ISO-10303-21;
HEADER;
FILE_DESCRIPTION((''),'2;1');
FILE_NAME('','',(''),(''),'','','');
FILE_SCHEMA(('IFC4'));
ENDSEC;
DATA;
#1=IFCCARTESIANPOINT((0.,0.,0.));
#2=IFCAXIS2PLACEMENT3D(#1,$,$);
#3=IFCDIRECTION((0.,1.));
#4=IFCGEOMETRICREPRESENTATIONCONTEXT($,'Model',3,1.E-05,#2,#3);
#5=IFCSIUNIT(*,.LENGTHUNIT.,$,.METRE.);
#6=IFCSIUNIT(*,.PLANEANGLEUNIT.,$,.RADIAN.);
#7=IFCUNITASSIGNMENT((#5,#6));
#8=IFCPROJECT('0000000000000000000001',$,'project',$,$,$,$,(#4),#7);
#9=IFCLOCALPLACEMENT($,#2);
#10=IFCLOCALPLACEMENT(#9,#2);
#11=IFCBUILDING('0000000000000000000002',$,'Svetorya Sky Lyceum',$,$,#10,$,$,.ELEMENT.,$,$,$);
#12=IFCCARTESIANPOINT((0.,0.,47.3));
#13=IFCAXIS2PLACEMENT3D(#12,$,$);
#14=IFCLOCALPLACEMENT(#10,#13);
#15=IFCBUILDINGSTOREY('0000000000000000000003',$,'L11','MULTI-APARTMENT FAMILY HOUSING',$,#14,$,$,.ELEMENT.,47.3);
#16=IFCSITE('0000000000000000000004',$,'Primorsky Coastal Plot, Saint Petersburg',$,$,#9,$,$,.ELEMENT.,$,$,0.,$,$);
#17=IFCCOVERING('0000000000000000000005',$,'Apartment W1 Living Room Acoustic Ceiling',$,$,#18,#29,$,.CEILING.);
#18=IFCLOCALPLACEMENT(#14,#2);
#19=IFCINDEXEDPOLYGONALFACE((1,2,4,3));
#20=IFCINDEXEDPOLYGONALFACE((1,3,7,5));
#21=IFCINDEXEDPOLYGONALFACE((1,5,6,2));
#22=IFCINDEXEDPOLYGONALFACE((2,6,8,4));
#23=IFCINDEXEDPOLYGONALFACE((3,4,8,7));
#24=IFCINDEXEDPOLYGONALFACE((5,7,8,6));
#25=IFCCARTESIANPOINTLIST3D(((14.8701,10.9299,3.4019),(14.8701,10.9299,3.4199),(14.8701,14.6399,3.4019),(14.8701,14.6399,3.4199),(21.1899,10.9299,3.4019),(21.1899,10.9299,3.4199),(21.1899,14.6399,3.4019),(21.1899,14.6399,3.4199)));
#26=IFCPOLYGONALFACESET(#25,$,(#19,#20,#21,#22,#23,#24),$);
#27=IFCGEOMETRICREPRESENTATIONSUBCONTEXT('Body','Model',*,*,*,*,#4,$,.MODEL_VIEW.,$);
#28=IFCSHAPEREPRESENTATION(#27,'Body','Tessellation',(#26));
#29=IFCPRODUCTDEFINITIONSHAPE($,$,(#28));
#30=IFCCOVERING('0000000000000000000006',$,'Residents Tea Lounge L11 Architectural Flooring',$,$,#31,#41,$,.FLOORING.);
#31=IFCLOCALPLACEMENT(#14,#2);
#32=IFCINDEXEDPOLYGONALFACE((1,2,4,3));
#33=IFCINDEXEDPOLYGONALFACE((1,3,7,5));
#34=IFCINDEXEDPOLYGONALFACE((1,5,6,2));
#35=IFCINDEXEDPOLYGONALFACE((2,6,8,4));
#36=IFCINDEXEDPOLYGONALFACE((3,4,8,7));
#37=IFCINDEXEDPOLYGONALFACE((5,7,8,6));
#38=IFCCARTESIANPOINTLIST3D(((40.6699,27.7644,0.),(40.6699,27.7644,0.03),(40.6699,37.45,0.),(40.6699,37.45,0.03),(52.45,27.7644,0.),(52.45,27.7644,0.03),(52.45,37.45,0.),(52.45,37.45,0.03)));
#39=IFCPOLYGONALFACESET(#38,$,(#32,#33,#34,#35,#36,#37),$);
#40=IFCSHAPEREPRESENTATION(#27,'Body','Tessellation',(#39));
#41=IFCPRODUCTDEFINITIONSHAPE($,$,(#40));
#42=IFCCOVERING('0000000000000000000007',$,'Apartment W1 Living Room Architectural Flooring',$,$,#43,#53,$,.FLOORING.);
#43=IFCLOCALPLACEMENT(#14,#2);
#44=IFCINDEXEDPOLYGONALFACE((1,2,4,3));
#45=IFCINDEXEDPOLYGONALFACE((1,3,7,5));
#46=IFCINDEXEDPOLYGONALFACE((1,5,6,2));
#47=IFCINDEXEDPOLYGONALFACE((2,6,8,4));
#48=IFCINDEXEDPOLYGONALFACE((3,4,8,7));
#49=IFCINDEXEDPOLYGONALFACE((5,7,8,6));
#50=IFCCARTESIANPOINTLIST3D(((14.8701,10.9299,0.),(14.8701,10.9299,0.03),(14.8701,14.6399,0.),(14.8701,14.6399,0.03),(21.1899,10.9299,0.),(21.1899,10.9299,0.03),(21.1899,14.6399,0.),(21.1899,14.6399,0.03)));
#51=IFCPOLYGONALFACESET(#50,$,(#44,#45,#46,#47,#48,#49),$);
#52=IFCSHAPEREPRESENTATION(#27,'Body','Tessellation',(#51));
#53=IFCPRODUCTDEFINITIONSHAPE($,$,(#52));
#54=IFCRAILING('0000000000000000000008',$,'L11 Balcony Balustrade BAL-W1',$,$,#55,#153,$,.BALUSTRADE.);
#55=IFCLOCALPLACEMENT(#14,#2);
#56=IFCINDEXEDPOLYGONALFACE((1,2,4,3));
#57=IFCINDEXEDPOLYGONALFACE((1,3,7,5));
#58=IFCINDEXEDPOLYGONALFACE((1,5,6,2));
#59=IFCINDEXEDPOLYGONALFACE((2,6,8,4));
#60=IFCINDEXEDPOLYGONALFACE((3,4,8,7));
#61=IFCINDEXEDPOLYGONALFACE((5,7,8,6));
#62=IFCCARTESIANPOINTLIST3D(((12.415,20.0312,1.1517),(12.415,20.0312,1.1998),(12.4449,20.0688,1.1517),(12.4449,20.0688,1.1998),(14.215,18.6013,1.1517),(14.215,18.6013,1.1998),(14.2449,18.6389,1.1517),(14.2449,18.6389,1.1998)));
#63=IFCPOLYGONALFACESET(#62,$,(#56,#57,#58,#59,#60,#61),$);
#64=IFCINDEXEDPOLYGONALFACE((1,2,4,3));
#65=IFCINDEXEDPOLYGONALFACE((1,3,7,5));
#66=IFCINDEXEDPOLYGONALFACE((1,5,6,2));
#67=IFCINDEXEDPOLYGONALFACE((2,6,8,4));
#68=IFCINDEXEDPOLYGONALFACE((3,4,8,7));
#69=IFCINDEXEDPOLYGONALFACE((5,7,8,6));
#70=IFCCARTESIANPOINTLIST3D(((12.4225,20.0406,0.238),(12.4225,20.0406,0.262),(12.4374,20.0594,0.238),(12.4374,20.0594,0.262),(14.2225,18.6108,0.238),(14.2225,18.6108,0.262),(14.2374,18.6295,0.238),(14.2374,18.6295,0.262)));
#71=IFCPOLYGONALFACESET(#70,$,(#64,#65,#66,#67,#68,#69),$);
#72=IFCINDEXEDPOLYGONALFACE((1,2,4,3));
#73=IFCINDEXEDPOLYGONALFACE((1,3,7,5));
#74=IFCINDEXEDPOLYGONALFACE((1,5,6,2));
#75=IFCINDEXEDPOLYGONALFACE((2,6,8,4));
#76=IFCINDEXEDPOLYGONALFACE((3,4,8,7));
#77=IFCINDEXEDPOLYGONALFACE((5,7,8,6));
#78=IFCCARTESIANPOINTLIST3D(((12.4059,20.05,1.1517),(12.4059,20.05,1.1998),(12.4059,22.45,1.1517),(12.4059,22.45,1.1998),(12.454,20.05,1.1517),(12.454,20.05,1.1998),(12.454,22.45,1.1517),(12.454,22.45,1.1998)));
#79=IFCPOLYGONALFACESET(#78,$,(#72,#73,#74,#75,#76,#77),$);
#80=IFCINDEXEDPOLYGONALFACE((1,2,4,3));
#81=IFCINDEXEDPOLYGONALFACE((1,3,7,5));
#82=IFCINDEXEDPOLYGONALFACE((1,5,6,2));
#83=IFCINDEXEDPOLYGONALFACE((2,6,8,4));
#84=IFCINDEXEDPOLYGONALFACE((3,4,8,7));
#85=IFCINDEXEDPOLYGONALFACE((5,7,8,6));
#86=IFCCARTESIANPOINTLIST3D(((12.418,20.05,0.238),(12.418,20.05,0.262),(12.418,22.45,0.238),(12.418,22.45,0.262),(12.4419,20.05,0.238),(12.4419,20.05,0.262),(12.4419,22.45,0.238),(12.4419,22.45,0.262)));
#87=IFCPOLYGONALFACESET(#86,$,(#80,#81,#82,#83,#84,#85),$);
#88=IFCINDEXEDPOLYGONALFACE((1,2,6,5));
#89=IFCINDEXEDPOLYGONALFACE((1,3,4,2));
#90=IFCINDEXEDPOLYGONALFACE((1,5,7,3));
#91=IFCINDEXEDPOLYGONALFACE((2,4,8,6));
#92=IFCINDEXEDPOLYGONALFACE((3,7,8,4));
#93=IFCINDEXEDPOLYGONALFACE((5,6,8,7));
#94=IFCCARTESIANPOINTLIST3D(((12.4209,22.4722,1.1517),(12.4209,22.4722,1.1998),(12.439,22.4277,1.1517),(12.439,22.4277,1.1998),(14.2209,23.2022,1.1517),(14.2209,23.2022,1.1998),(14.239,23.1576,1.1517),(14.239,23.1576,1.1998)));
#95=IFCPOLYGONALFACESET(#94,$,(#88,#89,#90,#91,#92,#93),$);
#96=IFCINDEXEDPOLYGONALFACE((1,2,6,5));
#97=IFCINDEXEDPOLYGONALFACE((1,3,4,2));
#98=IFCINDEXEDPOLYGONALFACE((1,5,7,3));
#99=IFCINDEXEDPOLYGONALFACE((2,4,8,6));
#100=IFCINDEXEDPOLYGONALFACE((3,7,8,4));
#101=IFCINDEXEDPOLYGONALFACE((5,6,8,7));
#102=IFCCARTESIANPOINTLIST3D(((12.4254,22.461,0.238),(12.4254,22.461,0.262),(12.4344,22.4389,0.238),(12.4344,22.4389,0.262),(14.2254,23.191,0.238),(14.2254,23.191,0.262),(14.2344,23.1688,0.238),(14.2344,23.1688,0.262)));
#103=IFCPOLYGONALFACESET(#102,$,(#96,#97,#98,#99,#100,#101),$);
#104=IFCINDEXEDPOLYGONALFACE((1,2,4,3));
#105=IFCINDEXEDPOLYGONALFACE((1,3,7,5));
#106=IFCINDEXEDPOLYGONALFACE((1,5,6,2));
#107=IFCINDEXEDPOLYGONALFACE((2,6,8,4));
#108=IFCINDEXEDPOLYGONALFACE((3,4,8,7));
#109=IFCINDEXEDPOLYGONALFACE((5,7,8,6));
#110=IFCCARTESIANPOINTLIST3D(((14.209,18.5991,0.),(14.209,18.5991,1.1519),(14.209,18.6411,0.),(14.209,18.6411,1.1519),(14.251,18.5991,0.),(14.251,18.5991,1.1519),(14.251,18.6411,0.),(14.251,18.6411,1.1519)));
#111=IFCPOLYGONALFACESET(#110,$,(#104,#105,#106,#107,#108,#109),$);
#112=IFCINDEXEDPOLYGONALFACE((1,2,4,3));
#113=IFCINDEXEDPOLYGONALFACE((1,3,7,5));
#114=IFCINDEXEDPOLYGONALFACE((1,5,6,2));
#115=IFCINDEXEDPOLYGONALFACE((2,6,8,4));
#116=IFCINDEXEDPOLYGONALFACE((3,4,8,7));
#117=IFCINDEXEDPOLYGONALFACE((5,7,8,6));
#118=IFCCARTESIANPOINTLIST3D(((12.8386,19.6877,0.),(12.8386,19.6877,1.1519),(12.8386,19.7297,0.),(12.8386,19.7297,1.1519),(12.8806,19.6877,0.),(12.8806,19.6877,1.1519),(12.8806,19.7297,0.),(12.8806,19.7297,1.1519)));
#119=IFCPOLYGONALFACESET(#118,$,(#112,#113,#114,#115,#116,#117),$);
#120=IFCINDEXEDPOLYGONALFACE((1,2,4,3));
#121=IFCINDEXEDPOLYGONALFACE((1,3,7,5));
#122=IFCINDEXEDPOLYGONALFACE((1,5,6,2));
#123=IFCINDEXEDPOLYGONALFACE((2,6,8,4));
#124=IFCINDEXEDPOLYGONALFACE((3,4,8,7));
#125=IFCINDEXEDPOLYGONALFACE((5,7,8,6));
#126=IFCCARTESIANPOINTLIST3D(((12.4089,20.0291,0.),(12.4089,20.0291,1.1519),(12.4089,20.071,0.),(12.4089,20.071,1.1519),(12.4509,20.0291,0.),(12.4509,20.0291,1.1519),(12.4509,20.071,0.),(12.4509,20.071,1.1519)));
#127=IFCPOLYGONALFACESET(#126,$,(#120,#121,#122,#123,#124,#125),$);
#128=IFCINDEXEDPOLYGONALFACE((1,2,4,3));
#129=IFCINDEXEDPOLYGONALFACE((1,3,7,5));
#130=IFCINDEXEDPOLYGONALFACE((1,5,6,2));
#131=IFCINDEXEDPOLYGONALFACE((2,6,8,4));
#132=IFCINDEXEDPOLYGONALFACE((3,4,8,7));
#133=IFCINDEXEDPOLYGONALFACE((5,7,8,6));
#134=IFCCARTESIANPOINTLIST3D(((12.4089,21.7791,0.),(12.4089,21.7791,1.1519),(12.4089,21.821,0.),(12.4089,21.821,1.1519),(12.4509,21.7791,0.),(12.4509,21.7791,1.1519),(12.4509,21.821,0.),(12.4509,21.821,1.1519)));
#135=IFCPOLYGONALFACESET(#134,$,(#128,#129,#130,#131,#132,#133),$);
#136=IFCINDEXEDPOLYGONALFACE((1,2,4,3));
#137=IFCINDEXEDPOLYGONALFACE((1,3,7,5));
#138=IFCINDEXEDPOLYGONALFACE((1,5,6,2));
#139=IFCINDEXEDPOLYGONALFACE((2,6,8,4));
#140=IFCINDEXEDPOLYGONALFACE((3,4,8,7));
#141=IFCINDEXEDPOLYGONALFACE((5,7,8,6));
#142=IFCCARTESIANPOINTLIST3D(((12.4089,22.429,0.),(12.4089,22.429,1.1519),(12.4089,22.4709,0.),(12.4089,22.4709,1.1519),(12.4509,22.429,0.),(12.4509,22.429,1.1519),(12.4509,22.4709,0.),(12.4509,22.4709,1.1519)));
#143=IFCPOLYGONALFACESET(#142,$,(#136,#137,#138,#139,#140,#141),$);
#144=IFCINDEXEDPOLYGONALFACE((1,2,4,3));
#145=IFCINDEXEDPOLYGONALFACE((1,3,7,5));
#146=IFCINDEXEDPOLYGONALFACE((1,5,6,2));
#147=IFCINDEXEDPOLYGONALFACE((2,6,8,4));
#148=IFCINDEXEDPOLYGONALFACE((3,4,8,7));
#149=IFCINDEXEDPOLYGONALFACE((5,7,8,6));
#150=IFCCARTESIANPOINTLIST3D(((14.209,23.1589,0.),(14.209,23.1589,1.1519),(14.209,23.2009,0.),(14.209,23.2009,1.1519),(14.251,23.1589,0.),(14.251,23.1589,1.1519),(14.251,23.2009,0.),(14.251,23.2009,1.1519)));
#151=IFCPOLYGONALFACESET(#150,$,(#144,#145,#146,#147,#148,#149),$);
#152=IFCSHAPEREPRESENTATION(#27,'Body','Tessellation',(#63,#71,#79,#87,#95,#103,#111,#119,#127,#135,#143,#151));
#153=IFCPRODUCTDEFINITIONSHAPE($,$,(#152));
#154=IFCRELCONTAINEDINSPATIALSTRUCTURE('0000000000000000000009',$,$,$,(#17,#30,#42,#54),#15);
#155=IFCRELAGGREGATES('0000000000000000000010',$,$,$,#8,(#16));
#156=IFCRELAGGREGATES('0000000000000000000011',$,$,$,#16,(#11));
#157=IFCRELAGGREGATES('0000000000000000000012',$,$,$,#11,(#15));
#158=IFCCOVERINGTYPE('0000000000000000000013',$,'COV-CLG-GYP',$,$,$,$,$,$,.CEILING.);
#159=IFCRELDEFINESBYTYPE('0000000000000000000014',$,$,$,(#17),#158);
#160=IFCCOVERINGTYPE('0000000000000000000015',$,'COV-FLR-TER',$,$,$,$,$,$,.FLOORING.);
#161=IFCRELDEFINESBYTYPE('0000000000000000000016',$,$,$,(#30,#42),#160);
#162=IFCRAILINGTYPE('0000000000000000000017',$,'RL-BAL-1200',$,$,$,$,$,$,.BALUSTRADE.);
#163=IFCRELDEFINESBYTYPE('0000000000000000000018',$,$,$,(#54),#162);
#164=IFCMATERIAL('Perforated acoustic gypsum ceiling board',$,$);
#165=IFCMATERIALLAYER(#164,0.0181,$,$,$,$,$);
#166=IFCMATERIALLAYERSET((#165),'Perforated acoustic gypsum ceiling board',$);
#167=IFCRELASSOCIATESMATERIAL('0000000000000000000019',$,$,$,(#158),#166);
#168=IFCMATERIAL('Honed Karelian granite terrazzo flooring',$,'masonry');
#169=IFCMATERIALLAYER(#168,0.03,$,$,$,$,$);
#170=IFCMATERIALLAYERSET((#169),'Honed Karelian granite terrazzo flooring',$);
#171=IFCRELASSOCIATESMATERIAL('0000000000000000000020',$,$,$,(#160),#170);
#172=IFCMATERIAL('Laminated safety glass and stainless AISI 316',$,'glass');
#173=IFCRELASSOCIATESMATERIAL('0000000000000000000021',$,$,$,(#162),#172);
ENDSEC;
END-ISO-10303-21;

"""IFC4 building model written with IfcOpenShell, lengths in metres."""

from ifc_helpers import new_model, si_unit, direction, frame, origin, origin_2d, place, context, subcontext, project, spatial, polyline, rectangle, outline, extrude, material, layer, layer_set, type_object, element, save


model = new_model("IFC4")

# Units and contexts
model_context = context("Model", 3, precision=1e-05, world=origin(), true_north=direction((0.0, 1.0)))
body_context = subcontext(model_context, "Body", "Model", "MODEL_VIEW")
ifc_project = project(units=[si_unit("LENGTHUNIT", "METRE"), si_unit("PLANEANGLEUNIT", "RADIAN")], contexts=[model_context])

# Site, building, storey
site_placement = place(None, origin())
site = spatial("IfcSite", under=ifc_project, at=site_placement, Name="Primorsky Coastal Plot, Saint Petersburg", CompositionType="ELEMENT", RefElevation=0.0)
building_placement = place(site_placement, origin())
building = spatial("IfcBuilding", under=site, at=building_placement, Name="Svetorya Sky Lyceum", CompositionType="ELEMENT")
storey_placement = place(building_placement, frame((0.0, 0.0, 47.3)))
storey = spatial("IfcBuildingStorey", under=building, at=storey_placement, Name="L11", Description="MULTI-APARTMENT FAMILY HOUSING", CompositionType="ELEMENT", Elevation=47.3)

# Coverings
ifc_material_1 = material(Name="Perforated acoustic gypsum ceiling board")
ifc_layer_1 = layer(ifc_material_1, 0.0181)
ifc_layer_set_1 = layer_set([ifc_layer_1], Name="Perforated acoustic gypsum ceiling board")
covering_type_1 = type_object("IfcCoveringType", Name="COV-CLG-GYP", PredefinedType="CEILING", material=ifc_layer_set_1)
covering_1_placement = place(storey_placement, frame((0.0, 0.0, 3.4019)))
element("IfcCovering", 1, at=covering_1_placement, inside=storey, type_object=covering_type_1, Name="Apartment W1 Living Room Acoustic Ceiling", PredefinedType="CEILING", context=body_context, shape_type="SweptSolid", body=[
    extrude(outline(polyline([(14.8701, 10.9299), (21.1899, 10.9299), (21.1899, 14.6399), (14.8701, 14.6399), (14.8701, 10.9299)])), origin(), (0.0, 0.0, 1.0), 0.0181),
])
ifc_material_2 = material(Name="Honed Karelian granite terrazzo flooring", Category="masonry")
ifc_layer_2 = layer(ifc_material_2, 0.03)
ifc_layer_set_2 = layer_set([ifc_layer_2], Name="Honed Karelian granite terrazzo flooring")
covering_type_2 = type_object("IfcCoveringType", Name="COV-FLR-TER", PredefinedType="FLOORING", material=ifc_layer_set_2)
covering_2_placement = place(storey_placement, origin())
element("IfcCovering", 2, at=covering_2_placement, inside=storey, type_object=covering_type_2, Name="Residents Tea Lounge L11 Architectural Flooring", PredefinedType="FLOORING", context=body_context, shape_type="SweptSolid", body=[
    extrude(outline(polyline([(40.6699, 27.7644), (52.45, 27.7644), (52.45, 37.45), (40.6699, 37.45), (40.6699, 27.7644)])), origin(), (0.0, 0.0, 1.0), 0.03),
])
covering_3_placement = place(storey_placement, origin())
element("IfcCovering", 3, at=covering_3_placement, inside=storey, type_object=covering_type_2, Name="Apartment W1 Living Room Architectural Flooring", PredefinedType="FLOORING", context=body_context, shape_type="SweptSolid", body=[
    extrude(outline(polyline([(14.8701, 10.9299), (21.1899, 10.9299), (21.1899, 14.6399), (14.8701, 14.6399), (14.8701, 10.9299)])), origin(), (0.0, 0.0, 1.0), 0.03),
])

# Railing
ifc_material_3 = material(Name="Laminated safety glass and stainless AISI 316", Category="glass")
railing_type = type_object("IfcRailingType", Name="RL-BAL-1200", PredefinedType="BALUSTRADE", material=ifc_material_3)
railing_placement = place(storey_placement, frame((14.23, 18.6201, 0.0)))
element("IfcRailing", 4, at=railing_placement, inside=storey, type_object=railing_type, Name="L11 Balcony Balustrade BAL-W1", PredefinedType="BALUSTRADE", context=body_context, shape_type="SweptSolid", body=[
    extrude(rectangle(XDim=0.0481, YDim=0.0481, at=origin_2d()), frame((0.0, 0.0, 1.1758), z_axis=(-0.783009, 0.62201, 0.0), x_axis=(-0.62201, -0.783009, 0.0)), (0.0, 0.0, 1.0), 2.2988),
    extrude(rectangle(XDim=0.0239, YDim=0.0239, at=origin_2d()), frame((0.0, 0.0, 0.25), z_axis=(-0.783009, 0.62201, 0.0), x_axis=(-0.62201, -0.783009, 0.0)), (0.0, 0.0, 1.0), 2.2988),
    extrude(rectangle(XDim=0.0481, YDim=0.0481, at=origin_2d()), frame((-1.8, 1.4299, 1.1758), z_axis=(0.0, 1.0, 0.0), x_axis=(-1.0, 0.0, 0.0)), (0.0, 0.0, 1.0), 2.3999),
    extrude(rectangle(XDim=0.0239, YDim=0.0239, at=origin_2d()), frame((-1.8, 1.4299, 0.25), z_axis=(0.0, 1.0, 0.0), x_axis=(-1.0, 0.0, 0.0)), (0.0, 0.0, 1.0), 2.3999),
    extrude(rectangle(XDim=0.0481, YDim=0.0481, at=origin_2d()), frame((-1.8, 3.8298, 1.1758), z_axis=(0.926698, 0.375807, 0.0), x_axis=(-0.375807, 0.926698, 0.0)), (0.0, 0.0, 1.0), 1.9424),
    extrude(rectangle(XDim=0.0239, YDim=0.0239, at=origin_2d()), frame((-1.8, 3.8298, 0.25), z_axis=(0.926698, 0.375807, 0.0), x_axis=(-0.375807, 0.926698, 0.0)), (0.0, 0.0, 1.0), 1.9424),
    extrude(rectangle(XDim=0.042, YDim=0.042, at=origin_2d()), origin(), (0.0, 0.0, 1.0), 1.1519),
    extrude(rectangle(XDim=0.042, YDim=0.042, at=origin_2d()), frame((-1.3704, 1.0886, 0.0)), (0.0, 0.0, 1.0), 1.1519),
    extrude(rectangle(XDim=0.042, YDim=0.042, at=origin_2d()), frame((-1.8, 1.4299, 0.0)), (0.0, 0.0, 1.0), 1.1519),
    extrude(rectangle(XDim=0.042, YDim=0.042, at=origin_2d()), frame((-1.8, 3.1799, 0.0)), (0.0, 0.0, 1.0), 1.1519),
    extrude(rectangle(XDim=0.042, YDim=0.042, at=origin_2d()), frame((-1.8, 3.8298, 0.0)), (0.0, 0.0, 1.0), 1.1519),
    extrude(rectangle(XDim=0.042, YDim=0.042, at=origin_2d()), frame((0.0, 4.5598, 0.0)), (0.0, 0.0, 1.0), 1.1519),
])

save(model, "model.ifc")
